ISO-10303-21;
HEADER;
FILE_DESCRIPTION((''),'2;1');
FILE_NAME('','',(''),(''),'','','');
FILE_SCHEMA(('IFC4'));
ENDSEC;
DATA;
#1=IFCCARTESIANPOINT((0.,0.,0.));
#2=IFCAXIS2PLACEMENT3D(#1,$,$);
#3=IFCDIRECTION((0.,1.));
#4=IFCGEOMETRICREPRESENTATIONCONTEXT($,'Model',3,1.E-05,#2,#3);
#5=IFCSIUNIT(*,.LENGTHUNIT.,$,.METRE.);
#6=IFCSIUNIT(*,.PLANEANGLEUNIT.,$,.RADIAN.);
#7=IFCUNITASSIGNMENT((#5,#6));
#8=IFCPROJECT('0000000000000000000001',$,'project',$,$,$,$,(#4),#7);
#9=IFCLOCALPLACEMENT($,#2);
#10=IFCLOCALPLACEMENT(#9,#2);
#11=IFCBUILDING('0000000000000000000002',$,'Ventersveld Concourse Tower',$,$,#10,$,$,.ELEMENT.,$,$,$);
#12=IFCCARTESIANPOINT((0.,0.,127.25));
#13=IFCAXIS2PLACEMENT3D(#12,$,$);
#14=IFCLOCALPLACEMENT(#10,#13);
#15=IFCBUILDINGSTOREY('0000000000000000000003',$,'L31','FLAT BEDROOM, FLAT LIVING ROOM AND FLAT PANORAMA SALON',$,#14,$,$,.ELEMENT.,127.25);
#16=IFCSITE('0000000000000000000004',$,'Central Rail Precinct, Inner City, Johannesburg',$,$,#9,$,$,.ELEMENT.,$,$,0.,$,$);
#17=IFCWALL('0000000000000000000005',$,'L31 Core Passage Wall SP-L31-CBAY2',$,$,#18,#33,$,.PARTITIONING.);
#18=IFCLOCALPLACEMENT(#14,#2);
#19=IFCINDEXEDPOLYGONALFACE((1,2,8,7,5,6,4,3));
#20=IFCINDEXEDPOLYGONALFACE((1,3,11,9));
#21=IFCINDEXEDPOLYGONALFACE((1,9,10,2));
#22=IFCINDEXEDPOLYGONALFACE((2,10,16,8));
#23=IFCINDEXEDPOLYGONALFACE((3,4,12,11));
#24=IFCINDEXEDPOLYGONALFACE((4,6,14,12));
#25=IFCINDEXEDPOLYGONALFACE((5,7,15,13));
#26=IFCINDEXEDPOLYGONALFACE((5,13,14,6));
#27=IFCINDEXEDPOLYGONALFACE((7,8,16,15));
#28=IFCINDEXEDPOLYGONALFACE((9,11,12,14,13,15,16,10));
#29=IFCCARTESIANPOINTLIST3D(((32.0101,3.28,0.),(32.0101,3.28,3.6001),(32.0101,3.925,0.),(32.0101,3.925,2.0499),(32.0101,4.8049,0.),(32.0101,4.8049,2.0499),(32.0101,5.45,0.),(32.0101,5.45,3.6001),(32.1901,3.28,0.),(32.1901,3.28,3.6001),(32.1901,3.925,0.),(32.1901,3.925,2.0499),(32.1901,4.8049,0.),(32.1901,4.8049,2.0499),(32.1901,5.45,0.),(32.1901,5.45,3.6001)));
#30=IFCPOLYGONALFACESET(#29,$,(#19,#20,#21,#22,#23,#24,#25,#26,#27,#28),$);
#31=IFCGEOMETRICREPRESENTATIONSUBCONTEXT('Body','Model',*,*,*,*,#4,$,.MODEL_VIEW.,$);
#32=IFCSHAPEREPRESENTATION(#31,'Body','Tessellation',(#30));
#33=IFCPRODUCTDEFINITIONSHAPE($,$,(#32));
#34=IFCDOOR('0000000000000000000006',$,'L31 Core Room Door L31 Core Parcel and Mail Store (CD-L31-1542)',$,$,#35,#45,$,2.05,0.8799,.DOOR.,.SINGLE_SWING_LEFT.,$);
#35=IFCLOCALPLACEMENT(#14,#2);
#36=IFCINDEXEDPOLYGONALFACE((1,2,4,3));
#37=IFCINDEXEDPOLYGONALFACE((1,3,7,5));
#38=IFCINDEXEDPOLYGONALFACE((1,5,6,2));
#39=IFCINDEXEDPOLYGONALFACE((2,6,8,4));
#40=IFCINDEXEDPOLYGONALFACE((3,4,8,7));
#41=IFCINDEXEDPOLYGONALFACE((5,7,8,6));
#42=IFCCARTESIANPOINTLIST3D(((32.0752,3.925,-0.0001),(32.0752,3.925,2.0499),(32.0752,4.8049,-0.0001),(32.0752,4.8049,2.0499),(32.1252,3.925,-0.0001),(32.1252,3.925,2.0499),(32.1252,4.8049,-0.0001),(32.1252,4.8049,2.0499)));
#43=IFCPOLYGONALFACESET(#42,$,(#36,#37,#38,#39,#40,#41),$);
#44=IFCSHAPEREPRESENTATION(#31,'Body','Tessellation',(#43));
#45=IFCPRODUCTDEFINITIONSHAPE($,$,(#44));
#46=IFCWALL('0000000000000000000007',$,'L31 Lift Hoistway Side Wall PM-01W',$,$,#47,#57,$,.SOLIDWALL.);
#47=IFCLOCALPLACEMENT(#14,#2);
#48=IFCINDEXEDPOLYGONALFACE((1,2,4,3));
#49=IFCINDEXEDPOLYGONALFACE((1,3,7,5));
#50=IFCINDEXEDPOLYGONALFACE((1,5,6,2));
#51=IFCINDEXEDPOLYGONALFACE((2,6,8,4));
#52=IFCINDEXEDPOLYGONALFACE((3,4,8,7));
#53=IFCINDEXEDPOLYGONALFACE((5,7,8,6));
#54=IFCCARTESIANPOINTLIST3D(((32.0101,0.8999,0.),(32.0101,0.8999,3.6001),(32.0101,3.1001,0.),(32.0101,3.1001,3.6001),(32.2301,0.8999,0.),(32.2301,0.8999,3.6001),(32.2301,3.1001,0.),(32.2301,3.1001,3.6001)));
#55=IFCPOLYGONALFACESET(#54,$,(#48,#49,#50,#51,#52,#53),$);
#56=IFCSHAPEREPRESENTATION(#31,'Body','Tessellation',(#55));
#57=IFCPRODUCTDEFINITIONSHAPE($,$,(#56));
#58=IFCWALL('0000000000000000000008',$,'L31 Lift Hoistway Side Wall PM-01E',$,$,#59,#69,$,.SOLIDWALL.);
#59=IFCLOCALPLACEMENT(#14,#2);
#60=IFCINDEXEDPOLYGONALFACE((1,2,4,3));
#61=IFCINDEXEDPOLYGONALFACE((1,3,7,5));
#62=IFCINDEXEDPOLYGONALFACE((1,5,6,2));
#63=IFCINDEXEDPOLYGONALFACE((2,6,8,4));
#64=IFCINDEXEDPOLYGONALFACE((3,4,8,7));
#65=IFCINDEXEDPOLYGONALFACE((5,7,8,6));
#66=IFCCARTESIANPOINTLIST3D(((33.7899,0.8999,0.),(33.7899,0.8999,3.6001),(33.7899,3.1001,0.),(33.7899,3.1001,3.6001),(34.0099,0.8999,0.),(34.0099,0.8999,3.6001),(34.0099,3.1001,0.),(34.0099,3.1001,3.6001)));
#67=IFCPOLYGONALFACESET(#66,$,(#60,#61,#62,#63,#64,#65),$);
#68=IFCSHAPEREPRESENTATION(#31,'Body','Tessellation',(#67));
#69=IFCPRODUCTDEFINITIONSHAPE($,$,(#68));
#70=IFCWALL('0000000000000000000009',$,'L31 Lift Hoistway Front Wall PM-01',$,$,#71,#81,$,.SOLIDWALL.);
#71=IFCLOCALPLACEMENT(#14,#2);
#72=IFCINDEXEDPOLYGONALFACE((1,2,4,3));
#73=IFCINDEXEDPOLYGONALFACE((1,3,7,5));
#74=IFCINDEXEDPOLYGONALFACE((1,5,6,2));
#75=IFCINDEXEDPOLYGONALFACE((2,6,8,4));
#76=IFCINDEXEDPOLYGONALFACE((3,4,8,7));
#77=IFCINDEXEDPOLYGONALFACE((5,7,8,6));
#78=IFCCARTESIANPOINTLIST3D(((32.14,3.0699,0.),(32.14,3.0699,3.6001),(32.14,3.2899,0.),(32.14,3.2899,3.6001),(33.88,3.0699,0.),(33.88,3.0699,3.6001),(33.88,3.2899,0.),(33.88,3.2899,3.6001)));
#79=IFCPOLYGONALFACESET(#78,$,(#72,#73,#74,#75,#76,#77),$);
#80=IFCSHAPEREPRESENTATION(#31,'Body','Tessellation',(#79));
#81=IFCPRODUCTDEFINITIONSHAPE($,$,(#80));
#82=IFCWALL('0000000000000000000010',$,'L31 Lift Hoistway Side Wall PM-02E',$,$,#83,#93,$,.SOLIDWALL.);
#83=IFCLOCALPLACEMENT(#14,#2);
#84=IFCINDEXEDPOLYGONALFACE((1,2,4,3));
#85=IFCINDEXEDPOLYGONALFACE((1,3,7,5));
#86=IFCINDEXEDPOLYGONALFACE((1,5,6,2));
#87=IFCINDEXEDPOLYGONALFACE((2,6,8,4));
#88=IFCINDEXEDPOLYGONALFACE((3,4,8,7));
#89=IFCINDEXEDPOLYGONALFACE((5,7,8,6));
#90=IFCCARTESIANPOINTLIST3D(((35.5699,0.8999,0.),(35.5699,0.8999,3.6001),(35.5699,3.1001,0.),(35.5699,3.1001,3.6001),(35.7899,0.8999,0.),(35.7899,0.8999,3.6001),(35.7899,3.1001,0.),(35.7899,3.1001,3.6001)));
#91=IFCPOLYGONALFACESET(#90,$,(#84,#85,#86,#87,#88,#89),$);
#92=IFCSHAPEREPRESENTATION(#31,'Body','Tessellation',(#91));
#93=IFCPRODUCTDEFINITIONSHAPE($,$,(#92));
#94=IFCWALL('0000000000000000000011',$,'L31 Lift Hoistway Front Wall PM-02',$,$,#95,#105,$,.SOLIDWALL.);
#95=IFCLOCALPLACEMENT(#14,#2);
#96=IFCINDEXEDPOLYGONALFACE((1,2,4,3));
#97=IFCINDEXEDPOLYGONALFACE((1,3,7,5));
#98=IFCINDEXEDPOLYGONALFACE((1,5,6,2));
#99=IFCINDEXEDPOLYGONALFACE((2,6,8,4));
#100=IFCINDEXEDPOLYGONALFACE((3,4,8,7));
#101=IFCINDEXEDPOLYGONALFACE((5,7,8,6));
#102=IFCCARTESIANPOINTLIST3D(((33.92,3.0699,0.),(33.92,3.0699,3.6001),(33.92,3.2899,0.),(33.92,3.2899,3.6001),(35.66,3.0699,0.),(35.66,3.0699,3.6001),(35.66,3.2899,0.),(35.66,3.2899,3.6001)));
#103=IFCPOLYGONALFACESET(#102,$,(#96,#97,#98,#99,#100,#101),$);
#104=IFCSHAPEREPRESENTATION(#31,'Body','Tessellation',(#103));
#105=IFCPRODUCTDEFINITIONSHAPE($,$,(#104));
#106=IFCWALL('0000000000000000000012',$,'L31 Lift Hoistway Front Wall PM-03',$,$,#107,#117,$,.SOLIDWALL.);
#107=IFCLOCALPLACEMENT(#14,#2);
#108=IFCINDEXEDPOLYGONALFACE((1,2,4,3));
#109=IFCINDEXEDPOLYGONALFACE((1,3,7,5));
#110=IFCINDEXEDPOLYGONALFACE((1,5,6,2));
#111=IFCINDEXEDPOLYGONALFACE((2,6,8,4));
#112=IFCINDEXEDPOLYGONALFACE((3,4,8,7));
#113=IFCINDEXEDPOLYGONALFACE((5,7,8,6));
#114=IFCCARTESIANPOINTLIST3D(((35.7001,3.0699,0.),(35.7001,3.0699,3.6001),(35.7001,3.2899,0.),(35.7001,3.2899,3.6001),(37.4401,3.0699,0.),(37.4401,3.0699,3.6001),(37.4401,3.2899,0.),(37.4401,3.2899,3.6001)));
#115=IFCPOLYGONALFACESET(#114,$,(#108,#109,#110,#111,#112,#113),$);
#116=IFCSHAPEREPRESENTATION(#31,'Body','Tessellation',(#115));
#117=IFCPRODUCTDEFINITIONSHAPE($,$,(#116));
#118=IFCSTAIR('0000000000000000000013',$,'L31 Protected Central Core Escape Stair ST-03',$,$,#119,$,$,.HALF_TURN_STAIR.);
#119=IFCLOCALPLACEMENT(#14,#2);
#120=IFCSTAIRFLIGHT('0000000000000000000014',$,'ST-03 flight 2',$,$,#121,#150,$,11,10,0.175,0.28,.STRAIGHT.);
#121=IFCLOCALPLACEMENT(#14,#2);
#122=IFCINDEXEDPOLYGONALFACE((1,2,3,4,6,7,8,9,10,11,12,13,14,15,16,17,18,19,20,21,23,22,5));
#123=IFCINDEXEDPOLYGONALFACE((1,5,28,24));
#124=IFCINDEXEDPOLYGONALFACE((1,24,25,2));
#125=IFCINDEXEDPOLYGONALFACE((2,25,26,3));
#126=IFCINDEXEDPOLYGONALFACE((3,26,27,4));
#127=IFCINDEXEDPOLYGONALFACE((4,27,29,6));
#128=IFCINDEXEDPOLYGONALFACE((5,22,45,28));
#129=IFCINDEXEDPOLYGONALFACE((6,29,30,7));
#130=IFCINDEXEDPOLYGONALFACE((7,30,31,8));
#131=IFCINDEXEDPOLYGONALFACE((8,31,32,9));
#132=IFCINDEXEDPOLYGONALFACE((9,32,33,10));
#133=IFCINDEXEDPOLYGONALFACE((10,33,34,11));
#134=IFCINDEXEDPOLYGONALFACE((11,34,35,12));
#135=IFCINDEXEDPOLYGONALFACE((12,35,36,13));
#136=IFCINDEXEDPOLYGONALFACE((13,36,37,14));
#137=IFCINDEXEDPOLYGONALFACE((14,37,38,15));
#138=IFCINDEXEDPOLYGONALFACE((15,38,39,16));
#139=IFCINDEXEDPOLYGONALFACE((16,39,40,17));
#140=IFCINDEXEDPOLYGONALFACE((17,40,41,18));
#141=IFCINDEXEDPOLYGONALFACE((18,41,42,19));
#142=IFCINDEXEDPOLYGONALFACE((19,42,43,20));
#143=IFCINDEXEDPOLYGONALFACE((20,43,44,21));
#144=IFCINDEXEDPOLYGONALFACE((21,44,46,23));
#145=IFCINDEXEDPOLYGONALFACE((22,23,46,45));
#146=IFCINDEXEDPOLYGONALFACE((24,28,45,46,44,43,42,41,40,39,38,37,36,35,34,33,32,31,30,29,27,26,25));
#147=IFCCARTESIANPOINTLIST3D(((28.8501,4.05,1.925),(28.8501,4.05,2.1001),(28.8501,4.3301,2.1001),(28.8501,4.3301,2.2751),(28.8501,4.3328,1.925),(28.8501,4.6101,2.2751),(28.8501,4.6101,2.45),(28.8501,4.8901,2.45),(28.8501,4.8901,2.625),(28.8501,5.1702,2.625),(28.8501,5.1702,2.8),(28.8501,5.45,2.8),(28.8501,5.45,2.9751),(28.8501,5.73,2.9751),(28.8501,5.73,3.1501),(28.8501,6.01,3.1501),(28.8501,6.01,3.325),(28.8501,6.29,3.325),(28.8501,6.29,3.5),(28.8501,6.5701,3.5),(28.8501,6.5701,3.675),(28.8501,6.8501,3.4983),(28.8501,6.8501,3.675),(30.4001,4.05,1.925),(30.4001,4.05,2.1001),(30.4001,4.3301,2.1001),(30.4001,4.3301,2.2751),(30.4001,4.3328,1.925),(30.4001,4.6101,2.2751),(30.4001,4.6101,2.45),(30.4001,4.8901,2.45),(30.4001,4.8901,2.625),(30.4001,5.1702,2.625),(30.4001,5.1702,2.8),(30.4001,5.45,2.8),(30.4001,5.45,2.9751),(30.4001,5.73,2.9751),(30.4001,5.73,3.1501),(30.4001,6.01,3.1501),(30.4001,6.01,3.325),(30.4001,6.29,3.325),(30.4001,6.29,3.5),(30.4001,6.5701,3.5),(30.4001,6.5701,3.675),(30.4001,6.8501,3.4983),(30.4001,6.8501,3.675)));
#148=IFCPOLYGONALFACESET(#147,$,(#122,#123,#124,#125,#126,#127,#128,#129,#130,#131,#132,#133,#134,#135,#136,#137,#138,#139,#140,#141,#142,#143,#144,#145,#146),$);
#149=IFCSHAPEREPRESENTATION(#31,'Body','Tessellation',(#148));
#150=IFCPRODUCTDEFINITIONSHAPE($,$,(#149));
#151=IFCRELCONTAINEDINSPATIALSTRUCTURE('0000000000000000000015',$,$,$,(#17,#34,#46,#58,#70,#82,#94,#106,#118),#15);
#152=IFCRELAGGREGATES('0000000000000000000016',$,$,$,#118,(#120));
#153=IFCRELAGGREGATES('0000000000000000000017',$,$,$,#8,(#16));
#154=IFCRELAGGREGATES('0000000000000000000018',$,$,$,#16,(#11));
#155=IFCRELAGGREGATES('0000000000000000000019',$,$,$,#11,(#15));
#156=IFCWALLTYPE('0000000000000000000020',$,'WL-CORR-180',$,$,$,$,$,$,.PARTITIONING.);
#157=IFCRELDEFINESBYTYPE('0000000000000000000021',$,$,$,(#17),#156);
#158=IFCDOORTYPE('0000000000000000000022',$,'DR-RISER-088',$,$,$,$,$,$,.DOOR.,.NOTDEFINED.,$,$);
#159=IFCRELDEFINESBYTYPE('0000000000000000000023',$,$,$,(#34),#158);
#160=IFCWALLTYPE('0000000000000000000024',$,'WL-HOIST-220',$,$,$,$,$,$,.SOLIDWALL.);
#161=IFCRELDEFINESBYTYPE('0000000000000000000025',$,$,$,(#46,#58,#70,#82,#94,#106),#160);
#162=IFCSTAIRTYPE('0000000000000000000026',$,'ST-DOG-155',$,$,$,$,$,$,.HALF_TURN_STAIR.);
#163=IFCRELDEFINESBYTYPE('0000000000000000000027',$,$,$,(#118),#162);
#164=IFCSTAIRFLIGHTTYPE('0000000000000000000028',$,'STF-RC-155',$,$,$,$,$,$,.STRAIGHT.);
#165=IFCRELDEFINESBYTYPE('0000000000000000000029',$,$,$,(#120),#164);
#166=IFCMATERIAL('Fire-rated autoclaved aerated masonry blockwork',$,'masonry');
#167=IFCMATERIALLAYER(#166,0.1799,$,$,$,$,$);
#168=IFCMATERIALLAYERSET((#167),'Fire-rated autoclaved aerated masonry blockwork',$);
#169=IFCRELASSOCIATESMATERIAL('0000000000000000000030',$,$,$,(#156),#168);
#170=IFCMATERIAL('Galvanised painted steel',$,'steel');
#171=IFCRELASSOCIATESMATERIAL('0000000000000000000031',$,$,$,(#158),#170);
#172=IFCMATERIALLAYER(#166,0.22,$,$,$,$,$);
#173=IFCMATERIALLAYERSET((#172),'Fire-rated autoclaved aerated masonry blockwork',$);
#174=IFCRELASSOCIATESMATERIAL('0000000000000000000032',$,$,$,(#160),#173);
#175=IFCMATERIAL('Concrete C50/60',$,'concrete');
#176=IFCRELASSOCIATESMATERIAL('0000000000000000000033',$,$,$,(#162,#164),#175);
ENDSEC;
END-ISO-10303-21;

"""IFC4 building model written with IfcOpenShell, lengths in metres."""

from ifc_helpers import new_model, si_unit, direction, frame, frame_2d, origin, place, context, subcontext, project, spatial, polyline, rectangle, outline, extrude, material, layer, layer_set, type_object, element, fill, aggregate, save


model = new_model("IFC4")

# Units and contexts
model_context = context("Model", 3, precision=1e-05, world=origin(), true_north=direction((0.0, 1.0)))
body_context = subcontext(model_context, "Body", "Model", "MODEL_VIEW")
ifc_project = project(units=[si_unit("LENGTHUNIT", "METRE"), si_unit("PLANEANGLEUNIT", "RADIAN")], contexts=[model_context])

# Site, building, storey
site_placement = place(None, origin())
site = spatial("IfcSite", under=ifc_project, at=site_placement, Name="Central Rail Precinct, Inner City, Johannesburg", CompositionType="ELEMENT", RefElevation=0.0)
building_placement = place(site_placement, origin())
building = spatial("IfcBuilding", under=site, at=building_placement, Name="Ventersveld Concourse Tower", CompositionType="ELEMENT")
storey_placement = place(building_placement, frame((0.0, 0.0, 127.25)))
storey = spatial("IfcBuildingStorey", under=building, at=storey_placement, Name="L31", Description="FLAT BEDROOM, FLAT LIVING ROOM AND FLAT PANORAMA SALON", CompositionType="ELEMENT", Elevation=127.25)

# Shared definitions
ifc_material_1 = material(Name="Concrete C50/60", Category="concrete")

# Wall, opening, door
ifc_material_2 = material(Name="Fire-rated autoclaved aerated masonry blockwork", Category="masonry")
ifc_layer_1 = layer(ifc_material_2, 0.1799)
ifc_layer_set_1 = layer_set([ifc_layer_1], Name="Fire-rated autoclaved aerated masonry blockwork")
wall_type_1 = type_object("IfcWallType", Name="WL-CORR-180", PredefinedType="PARTITIONING", material=ifc_layer_set_1)
wall_1_placement = place(storey_placement, frame((32.1001, 3.28, 0.0), z_axis=(0.0, 0.0, 1.0), x_axis=(0.0, 1.0, 0.0)))
wall_1 = element("IfcWall", 1, at=wall_1_placement, inside=storey, type_object=wall_type_1, Name="L31 Core Passage Wall SP-L31-CBAY2", PredefinedType="PARTITIONING", context=body_context, shape_type="SweptSolid", body=[
    extrude(rectangle(XDim=2.1699, YDim=0.1799, at=frame_2d((1.085, 0.0))), origin(), (0.0, 0.0, 1.0), 3.6001),
])
opening_placement = place(wall_1_placement, frame((0.645, 0.0, 0.0)))
opening = element("IfcOpeningElement", 2, at=opening_placement, cuts=wall_1, PredefinedType="OPENING", context=body_context, shape_type="SweptSolid", body=[
    extrude(rectangle(XDim=0.8799, YDim=2.05, at=frame_2d((0.4399, 1.0249))), frame((0.0, 0.1001, 0.0), z_axis=(0.0, -1.0, 0.0), x_axis=(1.0, 0.0, 0.0)), (0.0, 0.0, 1.0), 0.2),
])
ifc_material_3 = material(Name="Galvanised painted steel", Category="steel")
door_type = type_object("IfcDoorType", Name="DR-RISER-088", OperationType="NOTDEFINED", PredefinedType="DOOR", material=ifc_material_3)
door_placement = place(opening_placement, origin())
door = element("IfcDoor", 3, at=door_placement, inside=storey, type_object=door_type, Name="L31 Core Room Door L31 Core Parcel and Mail Store (CD-L31-1542)", OperationType="SINGLE_SWING_LEFT", OverallHeight=2.05, OverallWidth=0.8799, PredefinedType="DOOR", context=body_context, shape_type="SweptSolid", body=[
    extrude(rectangle(XDim=0.8799, YDim=2.05, at=frame_2d((0.4399, 1.0249))), frame((0.0, 0.0249, 0.0), z_axis=(0.0, -1.0, 0.0), x_axis=(1.0, 0.0, 0.0)), (0.0, 0.0, 1.0), 0.05),
])
fill(opening, door)

# Walls
ifc_layer_2 = layer(ifc_material_2, 0.22)
ifc_layer_set_2 = layer_set([ifc_layer_2], Name="Fire-rated autoclaved aerated masonry blockwork")
wall_type_2 = type_object("IfcWallType", Name="WL-HOIST-220", PredefinedType="SOLIDWALL", material=ifc_layer_set_2)
for number, where, z_axis, x_axis, name in (
    (4, (32.1201, 0.8999, 0.0), (0.0, 0.0, 1.0), (0.0, 1.0, 0.0), "L31 Lift Hoistway Side Wall PM-01W"),
    (5, (33.8999, 0.8999, 0.0), (0.0, 0.0, 1.0), (0.0, 1.0, 0.0), "L31 Lift Hoistway Side Wall PM-01E"),
):
    element("IfcWall", number, at=place(storey_placement, frame(where, z_axis=z_axis, x_axis=x_axis)), inside=storey, type_object=wall_type_2, Name=name, PredefinedType="SOLIDWALL", context=body_context, shape_type="SweptSolid", body=[
        extrude(rectangle(XDim=2.2002, YDim=0.22, at=frame_2d((1.1001, 0.0))), origin(), (0.0, 0.0, 1.0), 3.6001),
    ])
wall_2_placement = place(storey_placement, frame((32.1399, 3.1799, 0.0), z_axis=(0.0, 0.0, 1.0), x_axis=(1.0, 0.0, 0.0)))
element("IfcWall", 6, at=wall_2_placement, inside=storey, type_object=wall_type_2, Name="L31 Lift Hoistway Front Wall PM-01", PredefinedType="SOLIDWALL", context=body_context, shape_type="SweptSolid", body=[
    extrude(rectangle(XDim=1.74, YDim=0.22, at=frame_2d((0.8701, 0.0))), origin(), (0.0, 0.0, 1.0), 3.6001),
])
wall_3_placement = place(storey_placement, frame((35.6799, 0.8999, 0.0), z_axis=(0.0, 0.0, 1.0), x_axis=(0.0, 1.0, 0.0)))
element("IfcWall", 7, at=wall_3_placement, inside=storey, type_object=wall_type_2, Name="L31 Lift Hoistway Side Wall PM-02E", PredefinedType="SOLIDWALL", context=body_context, shape_type="SweptSolid", body=[
    extrude(rectangle(XDim=2.2002, YDim=0.22, at=frame_2d((1.1001, 0.0))), origin(), (0.0, 0.0, 1.0), 3.6001),
])
for number, where, z_axis, x_axis, name in (
    (8, (33.9199, 3.1799, 0.0), (0.0, 0.0, 1.0), (1.0, 0.0, 0.0), "L31 Lift Hoistway Front Wall PM-02"),
    (9, (35.7, 3.1799, 0.0), (0.0, 0.0, 1.0), (1.0, 0.0, 0.0), "L31 Lift Hoistway Front Wall PM-03"),
):
    element("IfcWall", number, at=place(storey_placement, frame(where, z_axis=z_axis, x_axis=x_axis)), inside=storey, type_object=wall_type_2, Name=name, PredefinedType="SOLIDWALL", context=body_context, shape_type="SweptSolid", body=[
        extrude(rectangle(XDim=1.74, YDim=0.22, at=frame_2d((0.8701, 0.0))), origin(), (0.0, 0.0, 1.0), 3.6001),
    ])

# Stair, stair flight
stair_type = type_object("IfcStairType", Name="ST-DOG-155", PredefinedType="HALF_TURN_STAIR", material=ifc_material_1)
stair_placement = place(storey_placement, origin())
stair = element("IfcStair", 10, at=stair_placement, inside=storey, type_object=stair_type, Name="L31 Protected Central Core Escape Stair ST-03", PredefinedType="HALF_TURN_STAIR")
stair_flight_type = type_object("IfcStairFlightType", Name="STF-RC-155", PredefinedType="STRAIGHT", material=ifc_material_1)
stair_flight_placement = place(storey_placement, frame((29.625, 4.05, 1.925), z_axis=(0.0, 0.0, 1.0), x_axis=(0.0, 1.0, 0.0)))
stair_flight = element("IfcStairFlight", 11, at=stair_flight_placement, type_object=stair_flight_type, Name="ST-03 flight 2", NumberOfRisers=11, NumberOfTreads=10, PredefinedType="STRAIGHT", RiserHeight=0.175, TreadLength=0.28, context=body_context, shape_type="SweptSolid", body=[
    extrude(outline(polyline([(0.0, 0.0), (0.0, 0.175), (0.28, 0.175), (0.28, 0.3501), (0.5601, 0.3501), (0.5601, 0.5249), (0.8401, 0.5249), (0.8401, 0.7), (1.1201, 0.7), (1.1201, 0.875), (1.3999, 0.875), (1.3999, 1.05), (1.6799, 1.05), (1.6799, 1.2251), (1.96, 1.2251), (1.96, 1.3999), (2.24, 1.3999), (2.24, 1.575), (2.52, 1.575), (2.52, 1.75), (2.8, 1.75), (2.8, 1.925), (2.8, 1.5732), (0.2827, 0.0), (0.0, 0.0)])), frame((0.0, 0.7749, 0.0), z_axis=(0.0, -1.0, 0.0), x_axis=(1.0, 0.0, 0.0)), (0.0, 0.0, 1.0), 1.55),
])
aggregate(stair, [stair_flight])

save(model, "model.ifc")
